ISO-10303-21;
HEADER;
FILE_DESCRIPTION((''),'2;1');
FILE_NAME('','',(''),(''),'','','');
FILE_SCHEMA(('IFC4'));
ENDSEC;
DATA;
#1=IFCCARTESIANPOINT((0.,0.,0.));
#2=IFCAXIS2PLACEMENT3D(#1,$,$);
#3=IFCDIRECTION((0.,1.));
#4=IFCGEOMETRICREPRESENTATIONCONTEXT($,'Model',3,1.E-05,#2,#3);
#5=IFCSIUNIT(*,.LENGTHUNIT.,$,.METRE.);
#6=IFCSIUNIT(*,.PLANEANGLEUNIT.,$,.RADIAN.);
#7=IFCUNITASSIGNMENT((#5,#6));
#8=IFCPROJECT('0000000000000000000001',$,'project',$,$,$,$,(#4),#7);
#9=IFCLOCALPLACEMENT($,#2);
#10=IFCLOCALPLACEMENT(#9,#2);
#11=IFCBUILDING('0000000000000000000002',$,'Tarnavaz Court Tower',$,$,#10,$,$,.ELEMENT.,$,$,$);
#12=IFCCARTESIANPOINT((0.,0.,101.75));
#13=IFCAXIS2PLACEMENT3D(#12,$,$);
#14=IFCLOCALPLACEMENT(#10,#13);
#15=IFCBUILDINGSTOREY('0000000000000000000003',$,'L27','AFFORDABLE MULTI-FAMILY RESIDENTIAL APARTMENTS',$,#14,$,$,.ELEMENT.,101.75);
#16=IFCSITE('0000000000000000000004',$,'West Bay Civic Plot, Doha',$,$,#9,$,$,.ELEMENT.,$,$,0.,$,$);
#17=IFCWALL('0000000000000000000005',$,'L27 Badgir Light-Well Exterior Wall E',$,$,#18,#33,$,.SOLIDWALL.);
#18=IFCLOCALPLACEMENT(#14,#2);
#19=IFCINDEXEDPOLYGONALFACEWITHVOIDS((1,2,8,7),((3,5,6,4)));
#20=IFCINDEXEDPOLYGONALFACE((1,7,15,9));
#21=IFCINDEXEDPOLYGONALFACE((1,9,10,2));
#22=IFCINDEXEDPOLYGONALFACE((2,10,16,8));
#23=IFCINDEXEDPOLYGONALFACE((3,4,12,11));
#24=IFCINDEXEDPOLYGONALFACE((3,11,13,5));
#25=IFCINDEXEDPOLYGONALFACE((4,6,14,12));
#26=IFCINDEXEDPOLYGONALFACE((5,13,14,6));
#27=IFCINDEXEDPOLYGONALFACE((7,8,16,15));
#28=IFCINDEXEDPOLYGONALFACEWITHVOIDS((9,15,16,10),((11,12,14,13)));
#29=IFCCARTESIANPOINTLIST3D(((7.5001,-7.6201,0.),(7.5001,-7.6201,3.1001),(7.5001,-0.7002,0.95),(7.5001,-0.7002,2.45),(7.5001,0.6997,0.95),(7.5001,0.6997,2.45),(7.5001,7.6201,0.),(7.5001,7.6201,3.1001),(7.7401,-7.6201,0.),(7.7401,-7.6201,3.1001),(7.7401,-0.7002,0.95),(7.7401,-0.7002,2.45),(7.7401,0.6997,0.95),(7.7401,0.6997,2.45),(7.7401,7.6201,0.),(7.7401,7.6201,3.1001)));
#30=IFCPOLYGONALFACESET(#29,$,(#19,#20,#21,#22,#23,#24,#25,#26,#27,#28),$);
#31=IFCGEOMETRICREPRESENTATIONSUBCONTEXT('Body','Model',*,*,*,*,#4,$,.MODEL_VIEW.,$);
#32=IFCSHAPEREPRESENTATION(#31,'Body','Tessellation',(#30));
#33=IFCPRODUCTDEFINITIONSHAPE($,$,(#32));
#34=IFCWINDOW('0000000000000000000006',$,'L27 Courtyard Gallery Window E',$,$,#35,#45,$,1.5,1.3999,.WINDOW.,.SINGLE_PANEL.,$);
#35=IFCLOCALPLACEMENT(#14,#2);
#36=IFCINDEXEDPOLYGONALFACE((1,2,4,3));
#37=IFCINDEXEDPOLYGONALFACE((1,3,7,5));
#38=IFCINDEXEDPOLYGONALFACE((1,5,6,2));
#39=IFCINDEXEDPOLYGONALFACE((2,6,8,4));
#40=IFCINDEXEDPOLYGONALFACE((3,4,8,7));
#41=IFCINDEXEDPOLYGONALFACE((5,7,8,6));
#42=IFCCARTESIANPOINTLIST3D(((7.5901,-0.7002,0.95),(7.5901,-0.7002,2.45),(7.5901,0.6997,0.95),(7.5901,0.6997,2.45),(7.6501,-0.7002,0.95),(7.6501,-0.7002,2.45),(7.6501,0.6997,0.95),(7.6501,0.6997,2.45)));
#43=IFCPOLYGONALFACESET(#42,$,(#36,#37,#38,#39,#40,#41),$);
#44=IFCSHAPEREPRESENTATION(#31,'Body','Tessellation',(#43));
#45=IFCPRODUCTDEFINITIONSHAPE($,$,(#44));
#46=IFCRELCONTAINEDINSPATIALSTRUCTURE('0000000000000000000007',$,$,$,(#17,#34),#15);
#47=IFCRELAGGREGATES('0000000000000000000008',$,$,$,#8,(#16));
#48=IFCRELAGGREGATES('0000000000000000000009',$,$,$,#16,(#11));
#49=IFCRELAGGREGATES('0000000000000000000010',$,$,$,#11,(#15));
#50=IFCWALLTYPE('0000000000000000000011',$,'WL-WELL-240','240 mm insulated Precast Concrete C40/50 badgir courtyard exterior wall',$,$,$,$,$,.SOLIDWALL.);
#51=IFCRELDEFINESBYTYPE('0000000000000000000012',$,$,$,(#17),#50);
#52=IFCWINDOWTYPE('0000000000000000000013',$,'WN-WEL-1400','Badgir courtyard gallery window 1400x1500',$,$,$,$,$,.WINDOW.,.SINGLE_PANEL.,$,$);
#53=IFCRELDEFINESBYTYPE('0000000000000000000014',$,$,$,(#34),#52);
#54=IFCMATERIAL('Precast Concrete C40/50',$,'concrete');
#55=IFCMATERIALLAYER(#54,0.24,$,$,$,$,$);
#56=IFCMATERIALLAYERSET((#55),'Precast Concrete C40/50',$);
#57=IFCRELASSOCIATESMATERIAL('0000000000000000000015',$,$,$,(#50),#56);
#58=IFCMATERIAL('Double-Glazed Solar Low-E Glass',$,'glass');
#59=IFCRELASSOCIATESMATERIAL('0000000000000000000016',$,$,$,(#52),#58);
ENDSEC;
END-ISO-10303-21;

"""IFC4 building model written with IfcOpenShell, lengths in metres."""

from ifc_helpers import new_model, si_unit, direction, frame, frame_2d, origin, place, context, subcontext, project, spatial, rectangle, extrude, material, layer, layer_set, type_object, element, fill, save


model = new_model("IFC4")

# Units and contexts
model_context = context("Model", 3, precision=1e-05, world=origin(), true_north=direction((0.0, 1.0)))
body_context = subcontext(model_context, "Body", "Model", "MODEL_VIEW")
ifc_project = project(units=[si_unit("LENGTHUNIT", "METRE"), si_unit("PLANEANGLEUNIT", "RADIAN")], contexts=[model_context])

# Site, building, storey
site_placement = place(None, origin())
site = spatial("IfcSite", under=ifc_project, at=site_placement, Name="West Bay Civic Plot, Doha", CompositionType="ELEMENT", RefElevation=0.0)
building_placement = place(site_placement, origin())
building = spatial("IfcBuilding", under=site, at=building_placement, Name="Tarnavaz Court Tower", CompositionType="ELEMENT")
storey_placement = place(building_placement, frame((0.0, 0.0, 101.75)))
storey = spatial("IfcBuildingStorey", under=building, at=storey_placement, Name="L27", Description="AFFORDABLE MULTI-FAMILY RESIDENTIAL APARTMENTS", CompositionType="ELEMENT", Elevation=101.75)

# Wall, opening, window
ifc_material_1 = material(Name="Precast Concrete C40/50", Category="concrete")
ifc_layer_1 = layer(ifc_material_1, 0.24)
ifc_layer_set_1 = layer_set([ifc_layer_1], Name="Precast Concrete C40/50")
wall_type_1 = type_object("IfcWallType", Name="WL-WELL-240", Description="240 mm insulated Precast Concrete C40/50 badgir courtyard exterior wall", PredefinedType="SOLIDWALL", material=ifc_layer_set_1)
wall_1_placement = place(storey_placement, frame((7.6201, -7.6201, 0.0), z_axis=(0.0, 0.0, 1.0), x_axis=(0.0, 1.0, 0.0)))
wall_1 = element("IfcWall", 1, at=wall_1_placement, inside=storey, type_object=wall_type_1, Name="L27 Badgir Light-Well Exterior Wall E", PredefinedType="SOLIDWALL", context=body_context, shape_type="SweptSolid", body=[
    extrude(rectangle(XDim=15.2402, YDim=0.24, at=frame_2d((7.6201, 0.0))), origin(), (0.0, 0.0, 1.0), 3.1001),
])
opening_1_placement = place(wall_1_placement, frame((6.9199, 0.0, 0.95)))
opening_1 = element("IfcOpeningElement", 2, at=opening_1_placement, cuts=wall_1, PredefinedType="OPENING", context=body_context, shape_type="SweptSolid", body=[
    extrude(rectangle(XDim=1.3999, YDim=1.5, at=frame_2d((0.7, 0.75))), frame((0.0, 0.1299, 0.0), z_axis=(0.0, -1.0, 0.0), x_axis=(1.0, 0.0, 0.0)), (0.0, 0.0, 1.0), 0.26),
])
ifc_material_2 = material(Name="Double-Glazed Solar Low-E Glass", Category="glass")
window_type = type_object("IfcWindowType", Name="WN-WEL-1400", Description="Badgir courtyard gallery window 1400x1500", PartitioningType="SINGLE_PANEL", PredefinedType="WINDOW", material=ifc_material_2)
window_placement = place(opening_1_placement, origin())
window = element("IfcWindow", 3, at=window_placement, inside=storey, type_object=window_type, Name="L27 Courtyard Gallery Window E", OverallHeight=1.5, OverallWidth=1.3999, PartitioningType="SINGLE_PANEL", PredefinedType="WINDOW", context=body_context, shape_type="SweptSolid", body=[
    extrude(rectangle(XDim=1.3999, YDim=1.5, at=frame_2d((0.7, 0.75))), frame((0.0, 0.03, 0.0), z_axis=(0.0, -1.0, 0.0), x_axis=(1.0, 0.0, 0.0)), (0.0, 0.0, 1.0), 0.0601),
])
fill(opening_1, window)

save(model, "model.ifc")
